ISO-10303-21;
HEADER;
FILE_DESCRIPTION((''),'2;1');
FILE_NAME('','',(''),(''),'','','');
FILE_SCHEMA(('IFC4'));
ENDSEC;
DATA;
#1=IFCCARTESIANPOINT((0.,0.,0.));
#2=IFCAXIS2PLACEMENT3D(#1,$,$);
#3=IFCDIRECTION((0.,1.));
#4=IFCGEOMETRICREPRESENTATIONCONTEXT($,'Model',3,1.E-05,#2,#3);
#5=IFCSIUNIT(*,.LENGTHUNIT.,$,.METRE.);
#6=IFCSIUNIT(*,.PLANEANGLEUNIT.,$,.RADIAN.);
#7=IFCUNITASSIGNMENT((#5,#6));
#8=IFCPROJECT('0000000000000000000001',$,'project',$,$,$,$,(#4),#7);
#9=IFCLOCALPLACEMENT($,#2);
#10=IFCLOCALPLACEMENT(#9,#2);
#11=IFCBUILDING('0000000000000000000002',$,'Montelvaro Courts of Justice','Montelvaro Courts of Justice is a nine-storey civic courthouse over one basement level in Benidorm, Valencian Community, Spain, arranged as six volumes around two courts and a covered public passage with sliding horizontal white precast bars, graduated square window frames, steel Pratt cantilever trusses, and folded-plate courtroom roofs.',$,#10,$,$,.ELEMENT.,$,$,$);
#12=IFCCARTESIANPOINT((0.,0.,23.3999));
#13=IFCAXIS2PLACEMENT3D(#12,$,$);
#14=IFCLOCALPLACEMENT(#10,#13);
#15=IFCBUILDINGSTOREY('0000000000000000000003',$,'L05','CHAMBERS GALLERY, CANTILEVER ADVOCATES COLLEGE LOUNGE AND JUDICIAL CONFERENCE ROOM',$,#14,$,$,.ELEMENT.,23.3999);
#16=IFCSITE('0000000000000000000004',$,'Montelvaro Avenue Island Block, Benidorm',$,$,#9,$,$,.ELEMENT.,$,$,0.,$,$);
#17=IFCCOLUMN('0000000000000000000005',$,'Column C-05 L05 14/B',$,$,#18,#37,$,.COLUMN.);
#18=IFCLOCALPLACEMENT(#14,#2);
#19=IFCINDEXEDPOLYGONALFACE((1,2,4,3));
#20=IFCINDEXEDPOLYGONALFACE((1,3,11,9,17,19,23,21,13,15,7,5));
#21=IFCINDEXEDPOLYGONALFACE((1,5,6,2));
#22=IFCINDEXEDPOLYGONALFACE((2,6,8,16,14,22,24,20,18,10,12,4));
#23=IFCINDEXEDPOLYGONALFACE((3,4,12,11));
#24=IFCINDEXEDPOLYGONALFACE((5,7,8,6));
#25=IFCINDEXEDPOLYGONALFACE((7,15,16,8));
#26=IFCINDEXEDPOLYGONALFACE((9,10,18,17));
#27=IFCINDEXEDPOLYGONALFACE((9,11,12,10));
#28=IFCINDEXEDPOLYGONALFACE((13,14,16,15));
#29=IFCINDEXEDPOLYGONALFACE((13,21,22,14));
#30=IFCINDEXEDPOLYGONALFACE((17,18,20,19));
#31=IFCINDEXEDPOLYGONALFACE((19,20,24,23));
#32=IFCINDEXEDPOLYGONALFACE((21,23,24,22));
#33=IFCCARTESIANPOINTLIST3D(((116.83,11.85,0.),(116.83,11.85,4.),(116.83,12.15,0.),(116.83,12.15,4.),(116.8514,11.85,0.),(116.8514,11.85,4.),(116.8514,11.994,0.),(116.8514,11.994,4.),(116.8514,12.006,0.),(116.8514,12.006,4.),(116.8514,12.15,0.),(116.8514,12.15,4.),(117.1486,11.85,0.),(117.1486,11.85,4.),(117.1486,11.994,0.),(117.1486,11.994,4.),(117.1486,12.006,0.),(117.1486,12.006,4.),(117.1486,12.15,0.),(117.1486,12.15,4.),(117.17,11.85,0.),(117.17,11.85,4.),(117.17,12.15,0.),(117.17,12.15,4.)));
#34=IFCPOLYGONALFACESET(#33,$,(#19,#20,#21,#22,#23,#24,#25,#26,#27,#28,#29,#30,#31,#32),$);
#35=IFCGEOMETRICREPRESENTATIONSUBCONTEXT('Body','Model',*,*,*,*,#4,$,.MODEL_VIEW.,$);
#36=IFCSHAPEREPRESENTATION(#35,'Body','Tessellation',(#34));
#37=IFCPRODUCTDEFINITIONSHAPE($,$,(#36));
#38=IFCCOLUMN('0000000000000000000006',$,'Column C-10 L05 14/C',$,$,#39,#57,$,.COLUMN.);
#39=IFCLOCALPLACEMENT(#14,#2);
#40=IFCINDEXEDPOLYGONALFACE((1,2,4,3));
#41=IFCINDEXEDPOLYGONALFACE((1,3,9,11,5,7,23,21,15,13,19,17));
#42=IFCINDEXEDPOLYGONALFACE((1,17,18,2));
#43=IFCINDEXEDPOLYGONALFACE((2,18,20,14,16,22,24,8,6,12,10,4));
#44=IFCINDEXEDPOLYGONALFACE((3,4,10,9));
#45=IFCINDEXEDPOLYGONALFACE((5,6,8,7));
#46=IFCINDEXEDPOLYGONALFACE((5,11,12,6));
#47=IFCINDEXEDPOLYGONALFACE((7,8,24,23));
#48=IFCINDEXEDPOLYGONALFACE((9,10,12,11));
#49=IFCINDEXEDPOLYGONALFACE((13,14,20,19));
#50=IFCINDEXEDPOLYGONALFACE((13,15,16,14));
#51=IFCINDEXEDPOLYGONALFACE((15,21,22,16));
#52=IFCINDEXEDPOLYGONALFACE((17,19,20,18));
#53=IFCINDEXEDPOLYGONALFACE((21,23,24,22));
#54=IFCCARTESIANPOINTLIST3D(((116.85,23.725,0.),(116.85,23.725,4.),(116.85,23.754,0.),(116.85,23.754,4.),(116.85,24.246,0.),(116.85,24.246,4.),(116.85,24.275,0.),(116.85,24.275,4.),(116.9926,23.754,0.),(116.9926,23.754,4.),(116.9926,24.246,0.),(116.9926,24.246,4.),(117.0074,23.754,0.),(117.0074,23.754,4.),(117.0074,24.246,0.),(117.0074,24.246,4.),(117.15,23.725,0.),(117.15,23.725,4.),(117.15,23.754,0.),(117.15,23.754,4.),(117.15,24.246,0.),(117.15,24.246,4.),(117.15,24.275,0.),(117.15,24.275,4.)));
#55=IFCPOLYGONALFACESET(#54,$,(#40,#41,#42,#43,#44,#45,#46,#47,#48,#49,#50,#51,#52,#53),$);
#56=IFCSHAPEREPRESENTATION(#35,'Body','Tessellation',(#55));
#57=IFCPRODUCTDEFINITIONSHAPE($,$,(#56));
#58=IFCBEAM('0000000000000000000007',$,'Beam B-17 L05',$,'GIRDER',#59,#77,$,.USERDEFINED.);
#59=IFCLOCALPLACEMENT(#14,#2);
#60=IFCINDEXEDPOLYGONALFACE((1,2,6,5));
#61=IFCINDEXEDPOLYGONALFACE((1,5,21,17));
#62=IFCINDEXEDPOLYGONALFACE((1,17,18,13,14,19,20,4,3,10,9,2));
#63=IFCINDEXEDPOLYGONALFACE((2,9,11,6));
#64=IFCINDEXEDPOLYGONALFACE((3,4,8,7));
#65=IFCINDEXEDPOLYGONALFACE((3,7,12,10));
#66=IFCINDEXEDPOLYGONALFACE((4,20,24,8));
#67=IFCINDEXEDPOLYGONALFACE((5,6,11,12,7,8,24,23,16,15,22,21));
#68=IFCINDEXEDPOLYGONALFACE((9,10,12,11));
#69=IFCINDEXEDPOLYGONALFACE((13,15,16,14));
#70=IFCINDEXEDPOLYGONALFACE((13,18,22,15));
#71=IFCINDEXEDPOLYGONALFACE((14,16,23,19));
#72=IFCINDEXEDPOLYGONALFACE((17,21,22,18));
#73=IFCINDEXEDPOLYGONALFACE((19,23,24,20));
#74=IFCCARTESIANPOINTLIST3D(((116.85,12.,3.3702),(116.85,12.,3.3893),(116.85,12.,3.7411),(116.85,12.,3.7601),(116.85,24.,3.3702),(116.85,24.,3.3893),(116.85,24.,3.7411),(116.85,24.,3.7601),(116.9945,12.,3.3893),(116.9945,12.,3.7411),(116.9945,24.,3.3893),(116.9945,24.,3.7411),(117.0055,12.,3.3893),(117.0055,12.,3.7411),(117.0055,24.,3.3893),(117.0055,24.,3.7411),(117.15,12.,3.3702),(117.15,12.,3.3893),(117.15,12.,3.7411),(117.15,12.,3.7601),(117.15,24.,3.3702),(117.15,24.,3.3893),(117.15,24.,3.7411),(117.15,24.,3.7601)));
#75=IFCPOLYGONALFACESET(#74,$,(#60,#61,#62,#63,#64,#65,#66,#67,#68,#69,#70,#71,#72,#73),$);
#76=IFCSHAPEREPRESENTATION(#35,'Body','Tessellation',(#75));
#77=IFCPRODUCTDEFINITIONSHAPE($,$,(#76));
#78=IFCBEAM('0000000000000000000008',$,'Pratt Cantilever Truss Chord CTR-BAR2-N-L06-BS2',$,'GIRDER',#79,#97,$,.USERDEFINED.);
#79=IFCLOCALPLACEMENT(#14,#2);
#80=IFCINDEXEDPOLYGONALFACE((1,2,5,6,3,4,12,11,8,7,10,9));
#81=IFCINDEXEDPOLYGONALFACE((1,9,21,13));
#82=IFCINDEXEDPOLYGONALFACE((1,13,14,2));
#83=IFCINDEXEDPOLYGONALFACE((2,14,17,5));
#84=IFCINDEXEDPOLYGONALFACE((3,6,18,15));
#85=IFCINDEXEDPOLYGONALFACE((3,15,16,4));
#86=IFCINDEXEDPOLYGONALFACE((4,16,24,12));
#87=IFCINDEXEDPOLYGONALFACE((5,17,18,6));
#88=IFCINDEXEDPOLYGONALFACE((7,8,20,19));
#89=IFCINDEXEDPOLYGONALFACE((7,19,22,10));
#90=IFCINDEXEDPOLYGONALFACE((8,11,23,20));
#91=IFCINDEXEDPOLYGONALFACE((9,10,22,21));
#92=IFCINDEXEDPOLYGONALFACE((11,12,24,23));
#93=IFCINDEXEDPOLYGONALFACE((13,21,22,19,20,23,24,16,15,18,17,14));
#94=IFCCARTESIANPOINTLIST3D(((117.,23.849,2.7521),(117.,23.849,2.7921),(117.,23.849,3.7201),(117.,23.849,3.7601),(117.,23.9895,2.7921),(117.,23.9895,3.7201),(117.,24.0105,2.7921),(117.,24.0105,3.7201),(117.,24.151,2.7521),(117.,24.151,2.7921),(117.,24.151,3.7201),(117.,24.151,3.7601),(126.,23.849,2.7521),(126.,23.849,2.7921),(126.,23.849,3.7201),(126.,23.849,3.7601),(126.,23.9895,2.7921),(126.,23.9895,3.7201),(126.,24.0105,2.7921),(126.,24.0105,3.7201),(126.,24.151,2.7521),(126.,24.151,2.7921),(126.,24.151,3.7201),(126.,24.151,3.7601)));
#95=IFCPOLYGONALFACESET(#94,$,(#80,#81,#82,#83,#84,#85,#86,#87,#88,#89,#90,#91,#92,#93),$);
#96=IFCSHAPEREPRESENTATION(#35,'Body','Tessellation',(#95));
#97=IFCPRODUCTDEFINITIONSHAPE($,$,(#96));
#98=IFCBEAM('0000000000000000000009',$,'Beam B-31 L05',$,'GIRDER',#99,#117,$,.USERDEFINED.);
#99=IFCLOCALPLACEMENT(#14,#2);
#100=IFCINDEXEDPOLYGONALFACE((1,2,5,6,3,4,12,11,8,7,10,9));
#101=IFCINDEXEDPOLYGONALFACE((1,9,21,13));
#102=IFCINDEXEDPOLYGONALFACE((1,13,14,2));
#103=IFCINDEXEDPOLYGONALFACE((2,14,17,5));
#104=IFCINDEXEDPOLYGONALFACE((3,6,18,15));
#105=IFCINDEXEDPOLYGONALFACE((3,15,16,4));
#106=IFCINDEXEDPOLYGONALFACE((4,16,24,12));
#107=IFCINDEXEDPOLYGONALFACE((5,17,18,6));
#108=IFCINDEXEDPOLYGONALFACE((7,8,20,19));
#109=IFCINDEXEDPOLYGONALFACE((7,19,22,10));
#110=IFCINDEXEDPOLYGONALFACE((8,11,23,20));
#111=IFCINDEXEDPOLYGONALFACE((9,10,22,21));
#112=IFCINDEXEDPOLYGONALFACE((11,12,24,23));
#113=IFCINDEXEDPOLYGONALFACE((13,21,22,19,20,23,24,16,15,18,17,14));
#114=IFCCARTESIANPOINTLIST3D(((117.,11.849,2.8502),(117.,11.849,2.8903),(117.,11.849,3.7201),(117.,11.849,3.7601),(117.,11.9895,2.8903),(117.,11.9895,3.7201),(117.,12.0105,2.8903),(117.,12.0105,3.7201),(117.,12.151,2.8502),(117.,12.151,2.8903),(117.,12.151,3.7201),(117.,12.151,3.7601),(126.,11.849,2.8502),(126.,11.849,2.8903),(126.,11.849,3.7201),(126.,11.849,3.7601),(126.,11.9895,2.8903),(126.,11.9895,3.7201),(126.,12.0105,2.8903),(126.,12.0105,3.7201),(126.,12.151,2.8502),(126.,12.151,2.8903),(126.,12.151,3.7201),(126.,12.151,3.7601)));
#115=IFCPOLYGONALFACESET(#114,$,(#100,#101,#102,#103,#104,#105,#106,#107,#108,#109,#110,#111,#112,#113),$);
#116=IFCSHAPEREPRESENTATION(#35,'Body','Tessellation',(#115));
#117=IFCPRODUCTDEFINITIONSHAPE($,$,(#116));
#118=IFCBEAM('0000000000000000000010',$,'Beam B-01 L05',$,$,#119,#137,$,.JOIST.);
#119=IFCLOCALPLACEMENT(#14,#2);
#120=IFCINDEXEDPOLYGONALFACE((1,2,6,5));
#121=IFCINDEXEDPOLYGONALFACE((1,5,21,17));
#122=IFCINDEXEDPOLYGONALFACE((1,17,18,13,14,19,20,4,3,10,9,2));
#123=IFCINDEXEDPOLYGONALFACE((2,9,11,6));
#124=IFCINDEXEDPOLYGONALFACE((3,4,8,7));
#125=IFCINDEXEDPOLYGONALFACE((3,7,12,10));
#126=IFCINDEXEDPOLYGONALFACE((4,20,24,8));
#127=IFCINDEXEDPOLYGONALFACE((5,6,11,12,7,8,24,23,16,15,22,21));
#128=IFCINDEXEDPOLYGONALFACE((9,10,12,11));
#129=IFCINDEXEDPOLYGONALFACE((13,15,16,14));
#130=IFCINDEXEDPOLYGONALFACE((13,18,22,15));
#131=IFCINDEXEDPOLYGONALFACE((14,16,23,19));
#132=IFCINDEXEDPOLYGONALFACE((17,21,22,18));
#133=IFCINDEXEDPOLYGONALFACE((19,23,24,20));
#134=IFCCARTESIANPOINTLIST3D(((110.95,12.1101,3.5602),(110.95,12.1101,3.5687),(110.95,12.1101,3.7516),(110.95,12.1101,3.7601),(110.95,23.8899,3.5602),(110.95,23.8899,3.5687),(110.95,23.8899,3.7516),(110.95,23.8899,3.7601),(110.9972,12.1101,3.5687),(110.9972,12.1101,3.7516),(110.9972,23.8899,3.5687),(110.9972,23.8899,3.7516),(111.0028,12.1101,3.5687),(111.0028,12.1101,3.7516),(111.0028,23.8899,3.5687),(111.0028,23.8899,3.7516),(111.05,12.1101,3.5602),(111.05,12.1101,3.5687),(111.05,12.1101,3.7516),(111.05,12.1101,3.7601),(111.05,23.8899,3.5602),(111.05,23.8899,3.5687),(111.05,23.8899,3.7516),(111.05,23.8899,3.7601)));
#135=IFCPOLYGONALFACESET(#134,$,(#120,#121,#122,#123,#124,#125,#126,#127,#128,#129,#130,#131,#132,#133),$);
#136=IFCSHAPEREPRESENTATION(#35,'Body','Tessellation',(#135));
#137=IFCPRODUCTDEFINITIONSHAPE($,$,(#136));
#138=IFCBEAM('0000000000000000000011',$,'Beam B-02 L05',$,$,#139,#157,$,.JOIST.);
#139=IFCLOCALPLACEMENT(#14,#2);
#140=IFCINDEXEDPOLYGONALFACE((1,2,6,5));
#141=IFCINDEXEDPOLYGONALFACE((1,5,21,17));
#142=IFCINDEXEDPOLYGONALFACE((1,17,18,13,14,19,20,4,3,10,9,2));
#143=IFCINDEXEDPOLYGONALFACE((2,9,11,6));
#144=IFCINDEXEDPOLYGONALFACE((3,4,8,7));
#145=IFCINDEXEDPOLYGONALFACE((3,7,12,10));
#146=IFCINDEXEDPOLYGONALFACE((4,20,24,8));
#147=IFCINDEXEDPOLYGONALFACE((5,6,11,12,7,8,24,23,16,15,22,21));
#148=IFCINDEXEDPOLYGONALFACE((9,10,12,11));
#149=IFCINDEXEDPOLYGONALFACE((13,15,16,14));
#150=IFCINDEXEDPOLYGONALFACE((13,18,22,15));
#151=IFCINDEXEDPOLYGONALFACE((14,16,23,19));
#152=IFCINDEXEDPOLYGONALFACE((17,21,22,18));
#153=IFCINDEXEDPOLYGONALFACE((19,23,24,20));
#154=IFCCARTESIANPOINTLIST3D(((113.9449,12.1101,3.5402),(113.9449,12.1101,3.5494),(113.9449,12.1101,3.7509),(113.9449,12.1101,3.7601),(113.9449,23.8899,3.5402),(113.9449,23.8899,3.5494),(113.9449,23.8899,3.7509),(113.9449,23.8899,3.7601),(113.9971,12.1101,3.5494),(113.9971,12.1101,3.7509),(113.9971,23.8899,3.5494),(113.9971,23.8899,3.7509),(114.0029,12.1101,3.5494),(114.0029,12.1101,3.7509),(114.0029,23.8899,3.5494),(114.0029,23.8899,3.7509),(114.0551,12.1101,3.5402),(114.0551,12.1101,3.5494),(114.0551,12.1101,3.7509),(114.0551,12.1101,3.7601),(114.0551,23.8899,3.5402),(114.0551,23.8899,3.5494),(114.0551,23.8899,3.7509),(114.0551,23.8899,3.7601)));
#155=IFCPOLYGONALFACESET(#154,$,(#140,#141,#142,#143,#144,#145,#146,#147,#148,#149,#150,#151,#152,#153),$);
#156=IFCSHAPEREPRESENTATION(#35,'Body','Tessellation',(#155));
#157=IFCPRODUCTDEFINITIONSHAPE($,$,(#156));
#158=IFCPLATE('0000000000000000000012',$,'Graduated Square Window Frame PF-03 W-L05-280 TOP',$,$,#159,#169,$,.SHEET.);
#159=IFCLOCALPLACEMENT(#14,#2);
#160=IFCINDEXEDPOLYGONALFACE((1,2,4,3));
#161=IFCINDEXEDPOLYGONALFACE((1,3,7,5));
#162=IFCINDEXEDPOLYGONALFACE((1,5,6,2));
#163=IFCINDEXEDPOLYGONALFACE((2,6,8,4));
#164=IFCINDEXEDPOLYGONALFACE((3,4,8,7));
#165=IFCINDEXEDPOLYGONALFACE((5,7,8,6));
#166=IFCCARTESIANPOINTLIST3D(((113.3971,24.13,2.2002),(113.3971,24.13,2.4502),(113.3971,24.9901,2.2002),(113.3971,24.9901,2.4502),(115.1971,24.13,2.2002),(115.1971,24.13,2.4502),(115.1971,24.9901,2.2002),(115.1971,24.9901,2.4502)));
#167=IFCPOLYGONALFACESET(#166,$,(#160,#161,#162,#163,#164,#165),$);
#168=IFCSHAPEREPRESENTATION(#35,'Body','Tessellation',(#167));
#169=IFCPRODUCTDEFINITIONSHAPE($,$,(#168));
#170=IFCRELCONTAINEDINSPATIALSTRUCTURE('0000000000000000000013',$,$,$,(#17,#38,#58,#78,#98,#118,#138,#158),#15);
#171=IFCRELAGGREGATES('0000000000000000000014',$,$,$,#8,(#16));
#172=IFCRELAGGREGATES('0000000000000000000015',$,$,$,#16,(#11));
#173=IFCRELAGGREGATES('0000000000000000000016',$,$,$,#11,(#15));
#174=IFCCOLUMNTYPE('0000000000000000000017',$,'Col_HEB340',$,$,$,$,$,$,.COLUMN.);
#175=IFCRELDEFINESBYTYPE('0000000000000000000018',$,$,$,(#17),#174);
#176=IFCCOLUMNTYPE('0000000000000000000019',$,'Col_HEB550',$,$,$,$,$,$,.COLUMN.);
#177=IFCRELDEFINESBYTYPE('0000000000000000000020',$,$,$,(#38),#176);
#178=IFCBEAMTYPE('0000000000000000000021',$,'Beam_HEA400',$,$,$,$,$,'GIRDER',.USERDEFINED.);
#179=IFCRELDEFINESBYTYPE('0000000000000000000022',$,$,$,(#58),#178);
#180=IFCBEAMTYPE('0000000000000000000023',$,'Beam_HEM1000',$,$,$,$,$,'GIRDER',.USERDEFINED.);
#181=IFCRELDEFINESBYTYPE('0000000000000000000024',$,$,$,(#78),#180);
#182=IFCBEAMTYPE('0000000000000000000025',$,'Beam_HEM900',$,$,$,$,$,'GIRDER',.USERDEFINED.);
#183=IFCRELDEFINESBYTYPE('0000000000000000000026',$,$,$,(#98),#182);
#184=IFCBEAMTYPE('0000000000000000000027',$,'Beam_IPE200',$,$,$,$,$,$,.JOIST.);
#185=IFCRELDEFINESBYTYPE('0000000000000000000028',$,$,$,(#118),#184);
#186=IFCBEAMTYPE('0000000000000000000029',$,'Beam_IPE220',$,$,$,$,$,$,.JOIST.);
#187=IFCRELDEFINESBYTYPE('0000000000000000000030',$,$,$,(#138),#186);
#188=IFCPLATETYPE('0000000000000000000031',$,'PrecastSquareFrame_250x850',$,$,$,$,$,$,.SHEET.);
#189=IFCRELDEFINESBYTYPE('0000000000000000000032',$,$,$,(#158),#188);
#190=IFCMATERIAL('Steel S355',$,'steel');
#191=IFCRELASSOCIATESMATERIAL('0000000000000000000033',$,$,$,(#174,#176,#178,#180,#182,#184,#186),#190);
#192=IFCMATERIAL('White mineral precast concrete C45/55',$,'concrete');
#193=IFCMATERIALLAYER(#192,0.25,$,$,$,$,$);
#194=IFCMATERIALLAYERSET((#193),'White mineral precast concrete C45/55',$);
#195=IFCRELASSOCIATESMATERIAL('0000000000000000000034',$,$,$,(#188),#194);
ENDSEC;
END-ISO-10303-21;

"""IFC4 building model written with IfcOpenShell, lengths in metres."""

from ifc_helpers import new_model, si_unit, direction, frame, origin, origin_2d, place, context, subcontext, project, spatial, rectangle, i_section, extrude, material, layer, layer_set, material_profile, profile_set, type_object, element, save


model = new_model("IFC4")

# Units and contexts
model_context = context("Model", 3, precision=1e-05, world=origin(), true_north=direction((0.0, 1.0)))
body_context = subcontext(model_context, "Body", "Model", "MODEL_VIEW")
ifc_project = project(units=[si_unit("LENGTHUNIT", "METRE"), si_unit("PLANEANGLEUNIT", "RADIAN")], contexts=[model_context])

# Site, building, storey
site_placement = place(None, origin())
site = spatial("IfcSite", under=ifc_project, at=site_placement, Name="Montelvaro Avenue Island Block, Benidorm", CompositionType="ELEMENT", RefElevation=0.0)
building_placement = place(site_placement, origin())
building = spatial("IfcBuilding", under=site, at=building_placement, Name="Montelvaro Courts of Justice", Description="Montelvaro Courts of Justice is a nine-storey civic courthouse over one basement level in Benidorm, Valencian Community, Spain, arranged as six volumes around two courts and a covered public passage with sliding horizontal white precast bars, graduated square window frames, steel Pratt cantilever trusses, and folded-plate courtroom roofs.", CompositionType="ELEMENT")
storey_placement = place(building_placement, frame((0.0, 0.0, 23.3999)))
storey = spatial("IfcBuildingStorey", under=building, at=storey_placement, Name="L05", Description="CHAMBERS GALLERY, CANTILEVER ADVOCATES COLLEGE LOUNGE AND JUDICIAL CONFERENCE ROOM", CompositionType="ELEMENT", Elevation=23.3999)

# Columns
ifc_material_1 = material(Name="Steel S355", Category="steel")
ifc_material_profile_1 = material_profile(ifc_material_1, i_section(OverallWidth=0.3, OverallDepth=0.3401, WebThickness=0.012, FlangeThickness=0.0215, at=origin_2d()), Name="HEB 340")
ifc_profile_set_1 = profile_set([ifc_material_profile_1], Name="Steel S355")
column_type_1 = type_object("IfcColumnType", Name="Col_HEB340", PredefinedType="COLUMN", material=ifc_profile_set_1)
column_1_placement = place(storey_placement, frame((117.0, 12.0, 0.0), z_axis=(0.0, 0.0, 1.0), x_axis=(0.0, 1.0, 0.0)))
element("IfcColumn", 1, at=column_1_placement, inside=storey, type_object=column_type_1, Name="Column C-05 L05 14/B", PredefinedType="COLUMN", context=body_context, shape_type="SweptSolid", body=[
    extrude(i_section(OverallWidth=0.3, OverallDepth=0.3401, WebThickness=0.012, FlangeThickness=0.0215, at=origin_2d()), origin(), (0.0, 0.0, 1.0), 4.0),
])
ifc_material_profile_2 = material_profile(ifc_material_1, i_section(OverallWidth=0.3, OverallDepth=0.55, WebThickness=0.0149, FlangeThickness=0.0291, at=origin_2d()), Name="HEB 550")
ifc_profile_set_2 = profile_set([ifc_material_profile_2], Name="Steel S355")
column_type_2 = type_object("IfcColumnType", Name="Col_HEB550", PredefinedType="COLUMN", material=ifc_profile_set_2)
column_2_placement = place(storey_placement, frame((117.0, 24.0, 0.0), z_axis=(0.0, 0.0, 1.0), x_axis=(1.0, 0.0, 0.0)))
element("IfcColumn", 2, at=column_2_placement, inside=storey, type_object=column_type_2, Name="Column C-10 L05 14/C", PredefinedType="COLUMN", context=body_context, shape_type="SweptSolid", body=[
    extrude(i_section(OverallWidth=0.3, OverallDepth=0.55, WebThickness=0.0149, FlangeThickness=0.0291, at=origin_2d()), origin(), (0.0, 0.0, 1.0), 4.0),
])

# Beams
ifc_material_profile_3 = material_profile(ifc_material_1, i_section(OverallWidth=0.3, OverallDepth=0.3899, WebThickness=0.011, FlangeThickness=0.019, at=origin_2d()), Name="HEA 400")
ifc_profile_set_3 = profile_set([ifc_material_profile_3], Name="Steel S355")
beam_type_1 = type_object("IfcBeamType", Name="Beam_HEA400", ElementType="GIRDER", PredefinedType="USERDEFINED", material=ifc_profile_set_3)
beam_1_placement = place(storey_placement, frame((117.0, 12.0, 3.5652), z_axis=(0.0, 1.0, 0.0), x_axis=(-1.0, 0.0, 0.0)))
element("IfcBeam", 3, at=beam_1_placement, inside=storey, type_object=beam_type_1, Name="Beam B-17 L05", ObjectType="GIRDER", PredefinedType="USERDEFINED", context=body_context, shape_type="SweptSolid", body=[
    extrude(i_section(OverallWidth=0.3, OverallDepth=0.3899, WebThickness=0.011, FlangeThickness=0.019, at=origin_2d()), origin(), (0.0, 0.0, 1.0), 12.0),
])
ifc_material_profile_4 = material_profile(ifc_material_1, i_section(OverallWidth=0.302, OverallDepth=1.0081, WebThickness=0.021, FlangeThickness=0.04, at=origin_2d()), Name="HEM 1000")
ifc_profile_set_4 = profile_set([ifc_material_profile_4], Name="Steel S355")
beam_type_2 = type_object("IfcBeamType", Name="Beam_HEM1000", ElementType="GIRDER", PredefinedType="USERDEFINED", material=ifc_profile_set_4)
beam_2_placement = place(storey_placement, frame((117.0, 24.0, 3.2561), z_axis=(1.0, 0.0, 0.0), x_axis=(0.0, 1.0, 0.0)))
element("IfcBeam", 4, at=beam_2_placement, inside=storey, type_object=beam_type_2, Name="Pratt Cantilever Truss Chord CTR-BAR2-N-L06-BS2", ObjectType="GIRDER", PredefinedType="USERDEFINED", context=body_context, shape_type="SweptSolid", body=[
    extrude(i_section(OverallWidth=0.302, OverallDepth=1.0081, WebThickness=0.021, FlangeThickness=0.04, at=origin_2d()), origin(), (0.0, 0.0, 1.0), 9.0),
])
ifc_material_profile_5 = material_profile(ifc_material_1, i_section(OverallWidth=0.302, OverallDepth=0.9099, WebThickness=0.021, FlangeThickness=0.04, at=origin_2d()), Name="HEM 900")
ifc_profile_set_5 = profile_set([ifc_material_profile_5], Name="Steel S355")
beam_type_3 = type_object("IfcBeamType", Name="Beam_HEM900", ElementType="GIRDER", PredefinedType="USERDEFINED", material=ifc_profile_set_5)
beam_3_placement = place(storey_placement, frame((117.0, 12.0, 3.3052), z_axis=(1.0, 0.0, 0.0), x_axis=(0.0, 1.0, 0.0)))
element("IfcBeam", 5, at=beam_3_placement, inside=storey, type_object=beam_type_3, Name="Beam B-31 L05", ObjectType="GIRDER", PredefinedType="USERDEFINED", context=body_context, shape_type="SweptSolid", body=[
    extrude(i_section(OverallWidth=0.302, OverallDepth=0.9099, WebThickness=0.021, FlangeThickness=0.04, at=origin_2d()), origin(), (0.0, 0.0, 1.0), 9.0),
])
ifc_material_profile_6 = material_profile(ifc_material_1, i_section(OverallWidth=0.1001, OverallDepth=0.2, WebThickness=0.0056, FlangeThickness=0.0085, at=origin_2d()), Name="IPE 200")
ifc_profile_set_6 = profile_set([ifc_material_profile_6], Name="Steel S355")
beam_type_4 = type_object("IfcBeamType", Name="Beam_IPE200", PredefinedType="JOIST", material=ifc_profile_set_6)
beam_4_placement = place(storey_placement, frame((111.0, 12.1101, 3.6602), z_axis=(0.0, 1.0, 0.0), x_axis=(-1.0, 0.0, 0.0)))
element("IfcBeam", 6, at=beam_4_placement, inside=storey, type_object=beam_type_4, Name="Beam B-01 L05", PredefinedType="JOIST", context=body_context, shape_type="SweptSolid", body=[
    extrude(i_section(OverallWidth=0.1001, OverallDepth=0.2, WebThickness=0.0056, FlangeThickness=0.0085, at=origin_2d()), origin(), (0.0, 0.0, 1.0), 11.7798),
])
ifc_material_profile_7 = material_profile(ifc_material_1, i_section(OverallWidth=0.1101, OverallDepth=0.22, WebThickness=0.0059, FlangeThickness=0.0093, at=origin_2d()), Name="IPE 220")
ifc_profile_set_7 = profile_set([ifc_material_profile_7], Name="Steel S355")
beam_type_5 = type_object("IfcBeamType", Name="Beam_IPE220", PredefinedType="JOIST", material=ifc_profile_set_7)
beam_5_placement = place(storey_placement, frame((114.0, 12.1101, 3.6501), z_axis=(0.0, 1.0, 0.0), x_axis=(-1.0, 0.0, 0.0)))
element("IfcBeam", 7, at=beam_5_placement, inside=storey, type_object=beam_type_5, Name="Beam B-02 L05", PredefinedType="JOIST", context=body_context, shape_type="SweptSolid", body=[
    extrude(i_section(OverallWidth=0.1101, OverallDepth=0.22, WebThickness=0.0059, FlangeThickness=0.0093, at=origin_2d()), origin(), (0.0, 0.0, 1.0), 11.7798),
])

# Plate
ifc_material_2 = material(Name="White mineral precast concrete C45/55", Category="concrete")
ifc_layer_1 = layer(ifc_material_2, 0.25)
ifc_layer_set_1 = layer_set([ifc_layer_1], Name="White mineral precast concrete C45/55")
plate_type = type_object("IfcPlateType", Name="PrecastSquareFrame_250x850", PredefinedType="SHEET", material=ifc_layer_set_1)
for number, where, z_axis, x_axis, name in (
    (8, (114.2971, 24.5601, 2.2002), (0.0, 0.0, 1.0), (-1.0, 0.0, 0.0), "Graduated Square Window Frame PF-03 W-L05-280 TOP"),
):
    element("IfcPlate", number, at=place(storey_placement, frame(where, z_axis=z_axis, x_axis=x_axis)), inside=storey, type_object=plate_type, Name=name, PredefinedType="SHEET", context=body_context, shape_type="SweptSolid", body=[
        extrude(rectangle(XDim=1.8, YDim=0.8601, at=origin_2d()), origin(), (0.0, 0.0, 1.0), 0.25),
    ])

save(model, "model.ifc")
